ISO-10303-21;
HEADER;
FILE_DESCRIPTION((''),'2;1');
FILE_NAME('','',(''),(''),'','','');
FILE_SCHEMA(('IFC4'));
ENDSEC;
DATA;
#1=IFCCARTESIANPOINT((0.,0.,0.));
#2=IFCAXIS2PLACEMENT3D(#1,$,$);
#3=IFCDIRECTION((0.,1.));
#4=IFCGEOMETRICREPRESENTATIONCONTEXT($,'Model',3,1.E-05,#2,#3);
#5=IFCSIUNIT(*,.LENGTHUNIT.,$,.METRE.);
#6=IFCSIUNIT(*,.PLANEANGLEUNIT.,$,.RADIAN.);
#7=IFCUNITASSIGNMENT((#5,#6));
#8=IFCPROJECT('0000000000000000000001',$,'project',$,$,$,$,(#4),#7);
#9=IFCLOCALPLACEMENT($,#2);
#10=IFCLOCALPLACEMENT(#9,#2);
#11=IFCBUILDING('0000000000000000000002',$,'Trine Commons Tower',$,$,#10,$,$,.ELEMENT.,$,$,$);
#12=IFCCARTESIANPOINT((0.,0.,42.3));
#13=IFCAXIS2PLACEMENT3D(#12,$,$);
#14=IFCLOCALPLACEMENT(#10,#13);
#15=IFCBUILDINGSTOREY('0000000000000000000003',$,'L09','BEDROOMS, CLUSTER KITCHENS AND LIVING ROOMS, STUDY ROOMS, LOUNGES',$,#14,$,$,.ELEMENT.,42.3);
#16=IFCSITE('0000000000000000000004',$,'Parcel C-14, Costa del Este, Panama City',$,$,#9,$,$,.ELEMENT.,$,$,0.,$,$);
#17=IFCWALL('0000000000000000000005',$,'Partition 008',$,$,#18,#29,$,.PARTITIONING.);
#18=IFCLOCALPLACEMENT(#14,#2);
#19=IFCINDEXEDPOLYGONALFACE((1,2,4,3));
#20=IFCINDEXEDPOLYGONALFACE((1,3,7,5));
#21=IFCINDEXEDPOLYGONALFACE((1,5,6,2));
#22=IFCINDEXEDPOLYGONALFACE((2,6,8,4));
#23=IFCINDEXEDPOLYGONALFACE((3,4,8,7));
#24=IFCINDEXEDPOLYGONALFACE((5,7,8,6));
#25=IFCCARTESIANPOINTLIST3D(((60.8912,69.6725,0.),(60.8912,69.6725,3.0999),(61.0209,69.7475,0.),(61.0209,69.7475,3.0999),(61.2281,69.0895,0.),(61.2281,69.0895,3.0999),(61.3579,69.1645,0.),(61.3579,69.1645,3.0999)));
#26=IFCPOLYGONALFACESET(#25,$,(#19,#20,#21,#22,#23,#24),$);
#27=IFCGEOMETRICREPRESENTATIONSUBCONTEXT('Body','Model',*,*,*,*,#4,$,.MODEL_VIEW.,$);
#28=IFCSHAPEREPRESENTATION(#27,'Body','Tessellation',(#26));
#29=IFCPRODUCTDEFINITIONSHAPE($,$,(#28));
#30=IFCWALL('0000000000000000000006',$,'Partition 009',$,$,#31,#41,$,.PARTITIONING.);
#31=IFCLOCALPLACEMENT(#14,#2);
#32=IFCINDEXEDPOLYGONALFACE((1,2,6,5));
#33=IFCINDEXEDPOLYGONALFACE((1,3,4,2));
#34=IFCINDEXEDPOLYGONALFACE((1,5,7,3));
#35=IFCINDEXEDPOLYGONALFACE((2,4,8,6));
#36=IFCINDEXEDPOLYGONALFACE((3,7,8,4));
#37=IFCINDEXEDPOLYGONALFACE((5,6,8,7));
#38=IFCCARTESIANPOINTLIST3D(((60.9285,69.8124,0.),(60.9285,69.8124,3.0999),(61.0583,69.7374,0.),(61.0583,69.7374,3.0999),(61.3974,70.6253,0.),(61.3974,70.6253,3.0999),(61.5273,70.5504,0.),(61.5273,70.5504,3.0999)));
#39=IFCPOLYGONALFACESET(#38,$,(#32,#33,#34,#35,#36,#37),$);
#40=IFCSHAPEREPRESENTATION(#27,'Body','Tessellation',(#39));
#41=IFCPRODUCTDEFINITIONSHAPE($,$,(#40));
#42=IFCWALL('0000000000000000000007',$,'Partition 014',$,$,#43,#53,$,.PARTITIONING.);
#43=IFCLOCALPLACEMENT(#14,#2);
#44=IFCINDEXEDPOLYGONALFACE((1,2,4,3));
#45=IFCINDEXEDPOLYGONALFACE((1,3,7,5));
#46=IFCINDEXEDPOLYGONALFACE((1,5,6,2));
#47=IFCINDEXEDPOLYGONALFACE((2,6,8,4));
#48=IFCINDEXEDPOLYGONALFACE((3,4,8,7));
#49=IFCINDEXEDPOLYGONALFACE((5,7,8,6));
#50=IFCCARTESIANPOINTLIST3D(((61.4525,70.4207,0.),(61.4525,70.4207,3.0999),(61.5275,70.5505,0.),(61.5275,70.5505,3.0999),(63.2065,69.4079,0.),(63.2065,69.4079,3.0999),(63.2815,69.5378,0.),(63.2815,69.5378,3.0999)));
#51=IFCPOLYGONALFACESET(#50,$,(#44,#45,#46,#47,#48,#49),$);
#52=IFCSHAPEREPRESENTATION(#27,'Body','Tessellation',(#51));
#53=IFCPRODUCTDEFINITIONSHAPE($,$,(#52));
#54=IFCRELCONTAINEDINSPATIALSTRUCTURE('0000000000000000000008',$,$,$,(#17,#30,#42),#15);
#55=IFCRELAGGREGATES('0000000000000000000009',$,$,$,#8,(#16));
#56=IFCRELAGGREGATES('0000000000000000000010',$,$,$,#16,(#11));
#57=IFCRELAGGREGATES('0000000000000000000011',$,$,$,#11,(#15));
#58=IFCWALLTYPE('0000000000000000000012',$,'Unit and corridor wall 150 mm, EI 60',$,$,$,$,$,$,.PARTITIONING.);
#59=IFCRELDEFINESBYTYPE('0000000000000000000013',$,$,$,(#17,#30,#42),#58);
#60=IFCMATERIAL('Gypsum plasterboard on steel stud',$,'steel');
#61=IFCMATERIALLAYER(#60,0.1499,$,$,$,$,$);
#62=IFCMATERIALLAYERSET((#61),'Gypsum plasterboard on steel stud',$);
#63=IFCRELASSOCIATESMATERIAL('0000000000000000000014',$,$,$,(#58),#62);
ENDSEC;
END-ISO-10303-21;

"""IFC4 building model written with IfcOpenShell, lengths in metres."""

from ifc_helpers import new_model, si_unit, direction, frame, frame_2d, origin, place, context, subcontext, project, spatial, rectangle, extrude, material, layer, layer_set, type_object, element, save


model = new_model("IFC4")

# Units and contexts
model_context = context("Model", 3, precision=1e-05, world=origin(), true_north=direction((0.0, 1.0)))
body_context = subcontext(model_context, "Body", "Model", "MODEL_VIEW")
ifc_project = project(units=[si_unit("LENGTHUNIT", "METRE"), si_unit("PLANEANGLEUNIT", "RADIAN")], contexts=[model_context])

# Site, building, storey
site_placement = place(None, origin())
site = spatial("IfcSite", under=ifc_project, at=site_placement, Name="Parcel C-14, Costa del Este, Panama City", CompositionType="ELEMENT", RefElevation=0.0)
building_placement = place(site_placement, origin())
building = spatial("IfcBuilding", under=site, at=building_placement, Name="Trine Commons Tower", CompositionType="ELEMENT")
storey_placement = place(building_placement, frame((0.0, 0.0, 42.3)))
storey = spatial("IfcBuildingStorey", under=building, at=storey_placement, Name="L09", Description="BEDROOMS, CLUSTER KITCHENS AND LIVING ROOMS, STUDY ROOMS, LOUNGES", CompositionType="ELEMENT", Elevation=42.3)

# Shared definitions
ifc_material_1 = material(Name="Gypsum plasterboard on steel stud", Category="steel")
ifc_layer_1 = layer(ifc_material_1, 0.1499)
ifc_layer_set_1 = layer_set([ifc_layer_1], Name="Gypsum plasterboard on steel stud")
wall_type_1 = type_object("IfcWallType", Name="Unit and corridor wall 150 mm, EI 60", PredefinedType="PARTITIONING", material=ifc_layer_set_1)

# Walls
wall_1_placement = place(storey_placement, frame((60.9561, 69.71, 0.0), z_axis=(0.0, 0.0, 1.0), x_axis=(0.50035, -0.865823, 0.0)))
element("IfcWall", 1, at=wall_1_placement, inside=storey, type_object=wall_type_1, Name="Partition 008", PredefinedType="PARTITIONING", context=body_context, shape_type="SweptSolid", body=[
    extrude(rectangle(XDim=0.6733, YDim=0.1499, at=frame_2d((0.3367, 0.0))), origin(), (0.0, 0.0, 1.0), 3.0999),
])
wall_2_placement = place(storey_placement, frame((60.9934, 69.7749, 0.0), z_axis=(0.0, 0.0, 1.0), x_axis=(0.499692, 0.866203, 0.0)))
element("IfcWall", 2, at=wall_2_placement, inside=storey, type_object=wall_type_1, Name="Partition 009", PredefinedType="PARTITIONING", context=body_context, shape_type="SweptSolid", body=[
    extrude(rectangle(XDim=0.9385, YDim=0.1499, at=frame_2d((0.4692, 0.0))), origin(), (0.0, 0.0, 1.0), 3.0999),
])
wall_3_placement = place(storey_placement, frame((61.49, 70.4856, 0.0), z_axis=(0.0, 0.0, 1.0), x_axis=(0.866009, -0.500029, 0.0)))
element("IfcWall", 3, at=wall_3_placement, inside=storey, type_object=wall_type_1, Name="Partition 014", PredefinedType="PARTITIONING", context=body_context, shape_type="SweptSolid", body=[
    extrude(rectangle(XDim=2.0254, YDim=0.1499, at=frame_2d((1.0127, 0.0))), origin(), (0.0, 0.0, 1.0), 3.0999),
])

save(model, "model.ifc")
